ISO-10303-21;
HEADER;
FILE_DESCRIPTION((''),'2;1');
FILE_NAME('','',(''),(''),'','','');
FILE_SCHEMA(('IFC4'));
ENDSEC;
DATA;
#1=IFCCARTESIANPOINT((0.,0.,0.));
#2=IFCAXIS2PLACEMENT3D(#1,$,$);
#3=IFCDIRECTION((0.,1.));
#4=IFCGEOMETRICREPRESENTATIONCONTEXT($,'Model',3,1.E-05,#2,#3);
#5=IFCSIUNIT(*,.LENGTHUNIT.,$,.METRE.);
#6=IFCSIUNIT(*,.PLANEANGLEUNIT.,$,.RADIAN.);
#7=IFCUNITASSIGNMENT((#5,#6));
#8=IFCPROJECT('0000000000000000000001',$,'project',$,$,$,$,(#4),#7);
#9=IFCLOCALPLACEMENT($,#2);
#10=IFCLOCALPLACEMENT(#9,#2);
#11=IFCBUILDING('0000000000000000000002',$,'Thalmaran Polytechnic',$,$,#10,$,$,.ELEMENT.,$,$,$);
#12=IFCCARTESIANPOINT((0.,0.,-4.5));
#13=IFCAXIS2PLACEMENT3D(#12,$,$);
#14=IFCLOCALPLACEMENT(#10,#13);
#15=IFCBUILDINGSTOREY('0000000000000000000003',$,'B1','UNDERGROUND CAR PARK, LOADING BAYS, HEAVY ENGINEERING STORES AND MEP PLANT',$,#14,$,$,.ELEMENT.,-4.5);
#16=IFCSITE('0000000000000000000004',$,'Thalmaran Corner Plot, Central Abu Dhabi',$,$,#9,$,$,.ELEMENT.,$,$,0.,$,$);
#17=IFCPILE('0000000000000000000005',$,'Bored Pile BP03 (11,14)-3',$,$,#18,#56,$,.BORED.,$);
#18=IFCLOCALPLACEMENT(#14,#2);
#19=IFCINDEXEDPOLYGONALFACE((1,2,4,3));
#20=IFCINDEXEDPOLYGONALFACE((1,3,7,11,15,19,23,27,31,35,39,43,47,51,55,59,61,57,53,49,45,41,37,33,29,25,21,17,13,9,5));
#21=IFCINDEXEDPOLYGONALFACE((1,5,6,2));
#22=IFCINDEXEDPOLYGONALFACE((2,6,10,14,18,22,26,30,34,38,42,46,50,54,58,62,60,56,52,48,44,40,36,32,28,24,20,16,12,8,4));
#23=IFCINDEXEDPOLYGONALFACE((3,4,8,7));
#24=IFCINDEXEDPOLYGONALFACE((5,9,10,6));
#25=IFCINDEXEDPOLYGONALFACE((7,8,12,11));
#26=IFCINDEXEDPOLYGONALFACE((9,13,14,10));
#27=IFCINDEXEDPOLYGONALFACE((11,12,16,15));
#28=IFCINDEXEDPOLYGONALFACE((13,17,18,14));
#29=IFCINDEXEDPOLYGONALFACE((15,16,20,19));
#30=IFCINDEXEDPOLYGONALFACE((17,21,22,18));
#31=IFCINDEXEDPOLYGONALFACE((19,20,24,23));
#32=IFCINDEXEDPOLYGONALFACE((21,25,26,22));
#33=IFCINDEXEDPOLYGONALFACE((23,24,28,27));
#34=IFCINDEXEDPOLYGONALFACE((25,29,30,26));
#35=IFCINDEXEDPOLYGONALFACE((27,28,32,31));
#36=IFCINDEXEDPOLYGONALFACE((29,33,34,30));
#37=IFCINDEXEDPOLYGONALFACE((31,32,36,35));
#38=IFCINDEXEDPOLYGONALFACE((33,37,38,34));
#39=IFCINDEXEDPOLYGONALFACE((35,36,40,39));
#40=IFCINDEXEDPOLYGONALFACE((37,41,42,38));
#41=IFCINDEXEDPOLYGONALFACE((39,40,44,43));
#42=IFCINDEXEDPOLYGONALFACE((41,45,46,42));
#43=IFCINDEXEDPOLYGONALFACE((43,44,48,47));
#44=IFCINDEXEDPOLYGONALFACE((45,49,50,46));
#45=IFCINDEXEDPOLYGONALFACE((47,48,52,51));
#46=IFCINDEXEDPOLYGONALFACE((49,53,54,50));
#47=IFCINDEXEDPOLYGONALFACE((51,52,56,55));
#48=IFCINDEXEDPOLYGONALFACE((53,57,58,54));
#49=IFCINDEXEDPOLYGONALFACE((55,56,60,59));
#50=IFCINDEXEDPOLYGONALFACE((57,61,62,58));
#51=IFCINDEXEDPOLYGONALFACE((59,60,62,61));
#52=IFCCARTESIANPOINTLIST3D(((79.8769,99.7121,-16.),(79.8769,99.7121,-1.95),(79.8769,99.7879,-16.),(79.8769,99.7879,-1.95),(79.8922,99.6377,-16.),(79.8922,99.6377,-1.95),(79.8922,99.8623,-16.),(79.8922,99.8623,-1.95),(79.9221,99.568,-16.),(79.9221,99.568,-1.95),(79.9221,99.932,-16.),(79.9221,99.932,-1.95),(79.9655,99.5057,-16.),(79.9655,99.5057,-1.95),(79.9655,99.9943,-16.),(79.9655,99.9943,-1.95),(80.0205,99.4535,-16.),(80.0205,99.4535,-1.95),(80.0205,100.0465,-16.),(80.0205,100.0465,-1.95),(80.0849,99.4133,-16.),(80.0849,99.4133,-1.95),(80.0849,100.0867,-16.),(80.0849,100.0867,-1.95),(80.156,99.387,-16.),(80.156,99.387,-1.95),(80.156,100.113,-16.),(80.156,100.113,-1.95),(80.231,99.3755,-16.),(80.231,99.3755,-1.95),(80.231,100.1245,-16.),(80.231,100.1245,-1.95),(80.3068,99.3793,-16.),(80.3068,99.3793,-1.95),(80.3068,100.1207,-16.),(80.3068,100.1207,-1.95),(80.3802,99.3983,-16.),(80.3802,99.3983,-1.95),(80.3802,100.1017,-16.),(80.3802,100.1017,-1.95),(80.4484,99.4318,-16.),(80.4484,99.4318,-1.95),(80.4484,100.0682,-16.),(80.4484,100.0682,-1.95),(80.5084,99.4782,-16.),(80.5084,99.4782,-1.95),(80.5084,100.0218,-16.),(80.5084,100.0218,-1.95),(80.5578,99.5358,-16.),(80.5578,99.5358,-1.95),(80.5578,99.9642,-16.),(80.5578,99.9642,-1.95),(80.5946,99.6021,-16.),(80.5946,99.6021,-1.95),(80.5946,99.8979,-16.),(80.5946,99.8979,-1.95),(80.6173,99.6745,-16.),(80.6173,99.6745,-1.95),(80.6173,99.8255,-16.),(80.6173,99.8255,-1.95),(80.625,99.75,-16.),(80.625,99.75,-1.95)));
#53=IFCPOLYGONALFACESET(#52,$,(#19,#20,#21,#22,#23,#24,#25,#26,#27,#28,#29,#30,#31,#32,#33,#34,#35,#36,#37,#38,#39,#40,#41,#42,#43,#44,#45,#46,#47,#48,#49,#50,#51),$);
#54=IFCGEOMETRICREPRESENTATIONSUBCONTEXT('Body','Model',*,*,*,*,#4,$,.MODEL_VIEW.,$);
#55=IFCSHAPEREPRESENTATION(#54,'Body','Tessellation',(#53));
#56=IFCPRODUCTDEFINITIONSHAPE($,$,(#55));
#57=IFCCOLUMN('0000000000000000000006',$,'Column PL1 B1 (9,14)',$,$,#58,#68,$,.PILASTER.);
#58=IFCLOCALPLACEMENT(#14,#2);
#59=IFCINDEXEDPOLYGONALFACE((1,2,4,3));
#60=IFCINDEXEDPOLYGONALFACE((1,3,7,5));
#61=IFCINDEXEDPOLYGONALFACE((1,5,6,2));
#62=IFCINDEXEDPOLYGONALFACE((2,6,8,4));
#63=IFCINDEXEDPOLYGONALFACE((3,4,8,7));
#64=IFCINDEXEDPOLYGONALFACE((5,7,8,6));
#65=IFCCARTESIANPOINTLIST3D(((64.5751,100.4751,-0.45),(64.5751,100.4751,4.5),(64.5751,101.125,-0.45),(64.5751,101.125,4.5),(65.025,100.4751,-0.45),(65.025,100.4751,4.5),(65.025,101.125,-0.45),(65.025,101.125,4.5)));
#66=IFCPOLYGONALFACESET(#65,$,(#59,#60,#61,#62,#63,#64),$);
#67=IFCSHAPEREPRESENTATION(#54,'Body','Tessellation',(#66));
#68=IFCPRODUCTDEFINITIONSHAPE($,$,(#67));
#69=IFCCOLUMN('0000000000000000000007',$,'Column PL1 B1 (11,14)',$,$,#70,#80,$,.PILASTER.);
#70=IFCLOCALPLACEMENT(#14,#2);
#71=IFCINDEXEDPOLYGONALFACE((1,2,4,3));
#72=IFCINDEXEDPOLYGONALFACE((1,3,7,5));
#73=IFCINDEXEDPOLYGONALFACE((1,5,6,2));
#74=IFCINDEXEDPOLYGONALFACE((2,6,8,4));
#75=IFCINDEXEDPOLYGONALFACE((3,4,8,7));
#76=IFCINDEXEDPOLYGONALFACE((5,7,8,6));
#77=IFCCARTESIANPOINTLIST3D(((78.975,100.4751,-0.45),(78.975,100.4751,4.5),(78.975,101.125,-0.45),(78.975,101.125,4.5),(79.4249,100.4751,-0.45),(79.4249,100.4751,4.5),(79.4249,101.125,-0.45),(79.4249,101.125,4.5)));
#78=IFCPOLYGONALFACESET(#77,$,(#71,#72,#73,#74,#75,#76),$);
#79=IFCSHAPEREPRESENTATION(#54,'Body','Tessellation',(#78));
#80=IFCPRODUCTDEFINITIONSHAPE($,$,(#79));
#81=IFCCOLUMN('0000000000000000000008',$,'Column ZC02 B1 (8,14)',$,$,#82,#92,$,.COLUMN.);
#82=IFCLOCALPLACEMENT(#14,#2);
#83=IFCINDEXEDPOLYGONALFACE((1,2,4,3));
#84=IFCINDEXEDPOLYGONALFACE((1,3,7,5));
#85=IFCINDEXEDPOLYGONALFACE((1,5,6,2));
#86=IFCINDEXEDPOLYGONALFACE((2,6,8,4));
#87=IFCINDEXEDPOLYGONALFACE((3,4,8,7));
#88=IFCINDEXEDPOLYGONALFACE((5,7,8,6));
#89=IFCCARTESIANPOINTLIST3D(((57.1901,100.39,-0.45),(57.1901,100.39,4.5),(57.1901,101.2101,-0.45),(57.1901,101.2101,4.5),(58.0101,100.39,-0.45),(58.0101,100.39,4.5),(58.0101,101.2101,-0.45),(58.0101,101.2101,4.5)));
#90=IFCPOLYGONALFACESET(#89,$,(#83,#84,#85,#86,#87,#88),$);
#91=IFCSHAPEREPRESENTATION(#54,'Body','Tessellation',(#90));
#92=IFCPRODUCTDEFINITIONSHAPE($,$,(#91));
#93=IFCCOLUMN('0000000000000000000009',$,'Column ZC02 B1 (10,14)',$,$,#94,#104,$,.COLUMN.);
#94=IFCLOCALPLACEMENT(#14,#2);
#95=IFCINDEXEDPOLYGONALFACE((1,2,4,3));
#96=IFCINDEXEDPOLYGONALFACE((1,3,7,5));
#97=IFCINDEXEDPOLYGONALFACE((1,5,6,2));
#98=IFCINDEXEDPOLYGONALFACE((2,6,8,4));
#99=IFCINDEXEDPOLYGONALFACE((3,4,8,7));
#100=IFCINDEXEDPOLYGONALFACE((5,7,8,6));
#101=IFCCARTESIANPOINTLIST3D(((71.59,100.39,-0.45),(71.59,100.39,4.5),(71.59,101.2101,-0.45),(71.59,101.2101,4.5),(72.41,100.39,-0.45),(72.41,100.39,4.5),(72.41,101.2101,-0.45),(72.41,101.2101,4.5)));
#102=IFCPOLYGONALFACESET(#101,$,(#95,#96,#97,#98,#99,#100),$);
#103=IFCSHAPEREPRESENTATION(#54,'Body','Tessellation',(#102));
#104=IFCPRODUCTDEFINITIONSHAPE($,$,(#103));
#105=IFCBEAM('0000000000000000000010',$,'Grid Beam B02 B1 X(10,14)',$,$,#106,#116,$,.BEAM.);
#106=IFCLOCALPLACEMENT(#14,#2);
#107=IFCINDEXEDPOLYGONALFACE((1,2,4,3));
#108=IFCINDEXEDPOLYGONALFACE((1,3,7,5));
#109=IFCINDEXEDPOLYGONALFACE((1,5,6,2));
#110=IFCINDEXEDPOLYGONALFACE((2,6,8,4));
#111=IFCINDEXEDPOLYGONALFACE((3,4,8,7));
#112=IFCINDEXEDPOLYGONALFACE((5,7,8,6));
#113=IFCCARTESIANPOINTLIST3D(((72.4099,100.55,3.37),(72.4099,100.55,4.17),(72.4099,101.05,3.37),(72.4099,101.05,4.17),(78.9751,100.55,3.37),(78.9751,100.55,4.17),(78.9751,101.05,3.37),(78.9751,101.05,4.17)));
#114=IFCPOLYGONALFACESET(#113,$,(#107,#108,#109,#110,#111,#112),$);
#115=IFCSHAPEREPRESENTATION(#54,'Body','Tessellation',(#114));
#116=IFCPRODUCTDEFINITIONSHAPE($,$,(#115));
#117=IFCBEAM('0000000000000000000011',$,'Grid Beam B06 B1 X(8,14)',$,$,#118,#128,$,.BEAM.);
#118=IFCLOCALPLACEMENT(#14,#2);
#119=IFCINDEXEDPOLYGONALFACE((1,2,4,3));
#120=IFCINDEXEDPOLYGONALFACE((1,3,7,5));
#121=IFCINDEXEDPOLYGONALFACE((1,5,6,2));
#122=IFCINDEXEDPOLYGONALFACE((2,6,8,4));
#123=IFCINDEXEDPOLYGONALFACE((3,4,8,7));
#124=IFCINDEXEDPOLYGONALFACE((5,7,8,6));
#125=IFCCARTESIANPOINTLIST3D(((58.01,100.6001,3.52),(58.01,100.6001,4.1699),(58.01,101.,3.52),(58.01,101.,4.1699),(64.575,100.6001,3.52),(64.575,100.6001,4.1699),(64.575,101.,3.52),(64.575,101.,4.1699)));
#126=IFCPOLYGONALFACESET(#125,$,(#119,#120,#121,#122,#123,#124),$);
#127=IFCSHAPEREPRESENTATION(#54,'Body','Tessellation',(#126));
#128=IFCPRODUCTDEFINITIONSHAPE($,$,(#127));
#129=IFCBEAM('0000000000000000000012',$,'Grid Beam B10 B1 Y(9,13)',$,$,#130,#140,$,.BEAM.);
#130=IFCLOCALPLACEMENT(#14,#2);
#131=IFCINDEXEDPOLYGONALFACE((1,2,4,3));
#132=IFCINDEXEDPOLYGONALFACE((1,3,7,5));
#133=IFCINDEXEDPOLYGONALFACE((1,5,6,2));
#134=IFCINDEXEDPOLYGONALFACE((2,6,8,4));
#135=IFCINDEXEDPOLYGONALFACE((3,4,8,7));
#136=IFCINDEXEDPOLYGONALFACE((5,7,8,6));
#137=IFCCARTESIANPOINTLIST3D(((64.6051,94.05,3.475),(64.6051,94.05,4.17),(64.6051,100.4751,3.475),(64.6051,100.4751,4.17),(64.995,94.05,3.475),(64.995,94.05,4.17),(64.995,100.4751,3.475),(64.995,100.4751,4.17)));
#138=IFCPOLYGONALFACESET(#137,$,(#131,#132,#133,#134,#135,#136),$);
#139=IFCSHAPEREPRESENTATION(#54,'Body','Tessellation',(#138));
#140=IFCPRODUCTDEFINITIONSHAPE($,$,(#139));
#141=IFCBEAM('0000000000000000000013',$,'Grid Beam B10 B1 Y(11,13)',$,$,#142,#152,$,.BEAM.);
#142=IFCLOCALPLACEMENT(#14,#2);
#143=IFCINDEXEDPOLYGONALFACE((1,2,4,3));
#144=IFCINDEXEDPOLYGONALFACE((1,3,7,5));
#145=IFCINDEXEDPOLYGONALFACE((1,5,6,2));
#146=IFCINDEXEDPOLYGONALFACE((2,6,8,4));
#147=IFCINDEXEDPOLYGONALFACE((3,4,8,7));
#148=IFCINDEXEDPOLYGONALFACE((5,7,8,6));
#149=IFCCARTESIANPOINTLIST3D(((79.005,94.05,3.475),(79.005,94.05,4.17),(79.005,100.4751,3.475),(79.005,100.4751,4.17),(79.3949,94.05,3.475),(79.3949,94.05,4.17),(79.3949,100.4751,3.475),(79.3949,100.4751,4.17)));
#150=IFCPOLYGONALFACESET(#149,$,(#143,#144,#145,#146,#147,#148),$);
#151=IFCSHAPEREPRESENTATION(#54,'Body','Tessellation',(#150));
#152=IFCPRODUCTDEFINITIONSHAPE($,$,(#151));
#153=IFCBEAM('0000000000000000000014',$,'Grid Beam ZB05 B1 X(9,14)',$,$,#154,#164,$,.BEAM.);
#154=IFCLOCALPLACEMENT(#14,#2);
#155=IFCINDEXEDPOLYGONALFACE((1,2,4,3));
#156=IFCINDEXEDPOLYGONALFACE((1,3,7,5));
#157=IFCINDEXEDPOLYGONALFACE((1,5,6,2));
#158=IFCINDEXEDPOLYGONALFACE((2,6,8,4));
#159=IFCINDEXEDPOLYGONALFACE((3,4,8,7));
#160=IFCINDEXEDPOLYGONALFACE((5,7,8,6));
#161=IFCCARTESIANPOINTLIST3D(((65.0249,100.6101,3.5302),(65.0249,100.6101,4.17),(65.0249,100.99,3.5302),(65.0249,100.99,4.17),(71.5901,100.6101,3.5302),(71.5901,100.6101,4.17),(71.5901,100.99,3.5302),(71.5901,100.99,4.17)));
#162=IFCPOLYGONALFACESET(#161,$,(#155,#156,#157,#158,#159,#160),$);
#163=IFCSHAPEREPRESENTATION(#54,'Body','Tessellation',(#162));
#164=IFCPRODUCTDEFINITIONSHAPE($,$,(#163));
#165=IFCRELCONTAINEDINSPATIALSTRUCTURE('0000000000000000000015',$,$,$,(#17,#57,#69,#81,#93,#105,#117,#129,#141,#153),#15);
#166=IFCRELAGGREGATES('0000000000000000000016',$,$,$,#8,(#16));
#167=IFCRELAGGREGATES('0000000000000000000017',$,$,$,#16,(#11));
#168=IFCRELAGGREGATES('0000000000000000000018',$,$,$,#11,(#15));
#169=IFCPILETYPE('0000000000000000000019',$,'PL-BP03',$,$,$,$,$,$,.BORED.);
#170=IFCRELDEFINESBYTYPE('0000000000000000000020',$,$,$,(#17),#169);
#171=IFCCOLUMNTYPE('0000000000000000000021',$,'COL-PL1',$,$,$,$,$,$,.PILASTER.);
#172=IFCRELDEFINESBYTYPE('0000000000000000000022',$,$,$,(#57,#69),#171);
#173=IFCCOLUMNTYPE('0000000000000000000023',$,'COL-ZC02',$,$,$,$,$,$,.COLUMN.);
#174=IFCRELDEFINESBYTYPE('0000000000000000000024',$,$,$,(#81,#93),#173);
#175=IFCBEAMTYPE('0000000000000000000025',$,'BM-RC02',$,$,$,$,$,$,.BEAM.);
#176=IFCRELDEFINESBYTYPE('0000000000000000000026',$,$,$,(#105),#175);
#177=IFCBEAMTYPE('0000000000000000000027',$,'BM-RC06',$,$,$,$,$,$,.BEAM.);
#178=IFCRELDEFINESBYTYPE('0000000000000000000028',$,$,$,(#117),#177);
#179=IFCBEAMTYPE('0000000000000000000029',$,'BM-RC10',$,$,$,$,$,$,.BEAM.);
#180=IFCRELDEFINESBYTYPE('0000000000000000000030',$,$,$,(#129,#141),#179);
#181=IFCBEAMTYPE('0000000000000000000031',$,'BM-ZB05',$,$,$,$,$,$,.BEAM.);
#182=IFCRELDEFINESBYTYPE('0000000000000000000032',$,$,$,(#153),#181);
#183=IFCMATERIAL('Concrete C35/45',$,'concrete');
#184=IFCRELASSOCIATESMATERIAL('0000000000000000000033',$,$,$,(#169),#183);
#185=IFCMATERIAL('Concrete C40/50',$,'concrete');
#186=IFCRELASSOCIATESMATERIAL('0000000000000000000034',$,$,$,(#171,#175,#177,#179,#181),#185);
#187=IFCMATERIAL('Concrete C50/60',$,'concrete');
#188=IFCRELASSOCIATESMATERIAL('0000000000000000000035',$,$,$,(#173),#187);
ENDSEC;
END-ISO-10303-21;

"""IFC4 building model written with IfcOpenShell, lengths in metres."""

from ifc_helpers import new_model, si_unit, direction, frame, origin, origin_2d, place, context, subcontext, project, spatial, rectangle, circle, extrude, material, material_profile, profile_set, type_object, element, save


model = new_model("IFC4")

# Units and contexts
model_context = context("Model", 3, precision=1e-05, world=origin(), true_north=direction((0.0, 1.0)))
body_context = subcontext(model_context, "Body", "Model", "MODEL_VIEW")
ifc_project = project(units=[si_unit("LENGTHUNIT", "METRE"), si_unit("PLANEANGLEUNIT", "RADIAN")], contexts=[model_context])

# Site, building, storey
site_placement = place(None, origin())
site = spatial("IfcSite", under=ifc_project, at=site_placement, Name="Thalmaran Corner Plot, Central Abu Dhabi", CompositionType="ELEMENT", RefElevation=0.0)
building_placement = place(site_placement, origin())
building = spatial("IfcBuilding", under=site, at=building_placement, Name="Thalmaran Polytechnic", CompositionType="ELEMENT")
storey_placement = place(building_placement, frame((0.0, 0.0, -4.5)))
storey = spatial("IfcBuildingStorey", under=building, at=storey_placement, Name="B1", Description="UNDERGROUND CAR PARK, LOADING BAYS, HEAVY ENGINEERING STORES AND MEP PLANT", CompositionType="ELEMENT", Elevation=-4.5)

# Shared definitions
ifc_material_1 = material(Name="Concrete C40/50", Category="concrete")

# Pile
ifc_material_2 = material(Name="Concrete C35/45", Category="concrete")
ifc_material_profile_1 = material_profile(ifc_material_2, circle(Radius=0.375, at=origin_2d()), Name="RC 750 DIA")
ifc_profile_set_1 = profile_set([ifc_material_profile_1], Name="Concrete C35/45")
pile_type_1 = type_object("IfcPileType", Name="PL-BP03", PredefinedType="BORED", material=ifc_profile_set_1)
for number, where, z_axis, x_axis, name in (
    (1, (80.25, 99.75, -1.95), (0.0, 0.0, -1.0), (1.0, 0.0, 0.0), "Bored Pile BP03 (11,14)-3"),
):
    element("IfcPile", number, at=place(storey_placement, frame(where, z_axis=z_axis, x_axis=x_axis)), inside=storey, type_object=pile_type_1, Name=name, PredefinedType="BORED", context=body_context, shape_type="SweptSolid", body=[
        extrude(circle(Radius=0.375, at=origin_2d()), origin(), (0.0, 0.0, 1.0), 14.05),
    ])

# Columns
ifc_material_profile_2 = material_profile(ifc_material_1, rectangle(XDim=0.45, YDim=0.6499, at=origin_2d()), Name="RC 450x650")
ifc_profile_set_2 = profile_set([ifc_material_profile_2], Name="Concrete C40/50")
column_type_1 = type_object("IfcColumnType", Name="COL-PL1", PredefinedType="PILASTER", material=ifc_profile_set_2)
for number, where, z_axis, x_axis, name in (
    (2, (64.8, 100.8, -0.45), (0.0, 0.0, 1.0), (1.0, 0.0, 0.0), "Column PL1 B1 (9,14)"),
    (3, (79.2, 100.8, -0.45), (0.0, 0.0, 1.0), (1.0, 0.0, 0.0), "Column PL1 B1 (11,14)"),
):
    element("IfcColumn", number, at=place(storey_placement, frame(where, z_axis=z_axis, x_axis=x_axis)), inside=storey, type_object=column_type_1, Name=name, PredefinedType="PILASTER", context=body_context, shape_type="SweptSolid", body=[
        extrude(rectangle(XDim=0.45, YDim=0.6499, at=origin_2d()), origin(), (0.0, 0.0, 1.0), 4.95),
    ])
ifc_material_3 = material(Name="Concrete C50/60", Category="concrete")
ifc_material_profile_3 = material_profile(ifc_material_3, rectangle(XDim=0.8201, YDim=0.8201, at=origin_2d()), Name="RC 820x820")
ifc_profile_set_3 = profile_set([ifc_material_profile_3], Name="Concrete C50/60")
column_type_2 = type_object("IfcColumnType", Name="COL-ZC02", PredefinedType="COLUMN", material=ifc_profile_set_3)
for number, where, z_axis, x_axis, name in (
    (4, (57.6001, 100.8, -0.45), (0.0, 0.0, 1.0), (1.0, 0.0, 0.0), "Column ZC02 B1 (8,14)"),
    (5, (72.0, 100.8, -0.45), (0.0, 0.0, 1.0), (1.0, 0.0, 0.0), "Column ZC02 B1 (10,14)"),
):
    element("IfcColumn", number, at=place(storey_placement, frame(where, z_axis=z_axis, x_axis=x_axis)), inside=storey, type_object=column_type_2, Name=name, PredefinedType="COLUMN", context=body_context, shape_type="SweptSolid", body=[
        extrude(rectangle(XDim=0.8201, YDim=0.8201, at=origin_2d()), origin(), (0.0, 0.0, 1.0), 4.95),
    ])

# Beams
ifc_material_profile_4 = material_profile(ifc_material_1, rectangle(XDim=0.5, YDim=0.8, at=origin_2d()), Name="RC 500x800")
ifc_profile_set_4 = profile_set([ifc_material_profile_4], Name="Concrete C40/50")
beam_type_1 = type_object("IfcBeamType", Name="BM-RC02", PredefinedType="BEAM", material=ifc_profile_set_4)
beam_1_placement = place(storey_placement, frame((72.4099, 100.8, 3.77), z_axis=(1.0, 0.0, 0.0), x_axis=(0.0, 1.0, 0.0)))
element("IfcBeam", 6, at=beam_1_placement, inside=storey, type_object=beam_type_1, Name="Grid Beam B02 B1 X(10,14)", PredefinedType="BEAM", context=body_context, shape_type="SweptSolid", body=[
    extrude(rectangle(XDim=0.5, YDim=0.8, at=origin_2d()), origin(), (0.0, 0.0, 1.0), 6.5652),
])
ifc_material_profile_5 = material_profile(ifc_material_1, rectangle(XDim=0.3999, YDim=0.6499, at=origin_2d()), Name="RC 400x650")
ifc_profile_set_5 = profile_set([ifc_material_profile_5], Name="Concrete C40/50")
beam_type_2 = type_object("IfcBeamType", Name="BM-RC06", PredefinedType="BEAM", material=ifc_profile_set_5)
beam_2_placement = place(storey_placement, frame((58.01, 100.8, 3.845), z_axis=(1.0, 0.0, 0.0), x_axis=(0.0, 1.0, 0.0)))
element("IfcBeam", 7, at=beam_2_placement, inside=storey, type_object=beam_type_2, Name="Grid Beam B06 B1 X(8,14)", PredefinedType="BEAM", context=body_context, shape_type="SweptSolid", body=[
    extrude(rectangle(XDim=0.3999, YDim=0.6499, at=origin_2d()), origin(), (0.0, 0.0, 1.0), 6.5649),
])
ifc_material_profile_6 = material_profile(ifc_material_1, rectangle(XDim=0.3899, YDim=0.6951, at=origin_2d()), Name="RC 390x695")
ifc_profile_set_6 = profile_set([ifc_material_profile_6], Name="Concrete C40/50")
beam_type_3 = type_object("IfcBeamType", Name="BM-RC10", PredefinedType="BEAM", material=ifc_profile_set_6)
for number, where, z_axis, x_axis, name in (
    (8, (64.8, 94.05, 3.8225), (0.0, 1.0, 0.0), (-1.0, 0.0, 0.0), "Grid Beam B10 B1 Y(9,13)"),
    (9, (79.2, 94.05, 3.8225), (0.0, 1.0, 0.0), (-1.0, 0.0, 0.0), "Grid Beam B10 B1 Y(11,13)"),
):
    element("IfcBeam", number, at=place(storey_placement, frame(where, z_axis=z_axis, x_axis=x_axis)), inside=storey, type_object=beam_type_3, Name=name, PredefinedType="BEAM", context=body_context, shape_type="SweptSolid", body=[
        extrude(rectangle(XDim=0.3899, YDim=0.6951, at=origin_2d()), origin(), (0.0, 0.0, 1.0), 6.425),
    ])
ifc_material_profile_7 = material_profile(ifc_material_1, rectangle(XDim=0.3799, YDim=0.6399, at=origin_2d()), Name="RC 380x640")
ifc_profile_set_7 = profile_set([ifc_material_profile_7], Name="Concrete C40/50")
beam_type_4 = type_object("IfcBeamType", Name="BM-ZB05", PredefinedType="BEAM", material=ifc_profile_set_7)
beam_3_placement = place(storey_placement, frame((65.0249, 100.8, 3.8501), z_axis=(1.0, 0.0, 0.0), x_axis=(0.0, 1.0, 0.0)))
element("IfcBeam", 10, at=beam_3_placement, inside=storey, type_object=beam_type_4, Name="Grid Beam ZB05 B1 X(9,14)", PredefinedType="BEAM", context=body_context, shape_type="SweptSolid", body=[
    extrude(rectangle(XDim=0.3799, YDim=0.6399, at=origin_2d()), origin(), (0.0, 0.0, 1.0), 6.5652),
])

save(model, "model.ifc")
